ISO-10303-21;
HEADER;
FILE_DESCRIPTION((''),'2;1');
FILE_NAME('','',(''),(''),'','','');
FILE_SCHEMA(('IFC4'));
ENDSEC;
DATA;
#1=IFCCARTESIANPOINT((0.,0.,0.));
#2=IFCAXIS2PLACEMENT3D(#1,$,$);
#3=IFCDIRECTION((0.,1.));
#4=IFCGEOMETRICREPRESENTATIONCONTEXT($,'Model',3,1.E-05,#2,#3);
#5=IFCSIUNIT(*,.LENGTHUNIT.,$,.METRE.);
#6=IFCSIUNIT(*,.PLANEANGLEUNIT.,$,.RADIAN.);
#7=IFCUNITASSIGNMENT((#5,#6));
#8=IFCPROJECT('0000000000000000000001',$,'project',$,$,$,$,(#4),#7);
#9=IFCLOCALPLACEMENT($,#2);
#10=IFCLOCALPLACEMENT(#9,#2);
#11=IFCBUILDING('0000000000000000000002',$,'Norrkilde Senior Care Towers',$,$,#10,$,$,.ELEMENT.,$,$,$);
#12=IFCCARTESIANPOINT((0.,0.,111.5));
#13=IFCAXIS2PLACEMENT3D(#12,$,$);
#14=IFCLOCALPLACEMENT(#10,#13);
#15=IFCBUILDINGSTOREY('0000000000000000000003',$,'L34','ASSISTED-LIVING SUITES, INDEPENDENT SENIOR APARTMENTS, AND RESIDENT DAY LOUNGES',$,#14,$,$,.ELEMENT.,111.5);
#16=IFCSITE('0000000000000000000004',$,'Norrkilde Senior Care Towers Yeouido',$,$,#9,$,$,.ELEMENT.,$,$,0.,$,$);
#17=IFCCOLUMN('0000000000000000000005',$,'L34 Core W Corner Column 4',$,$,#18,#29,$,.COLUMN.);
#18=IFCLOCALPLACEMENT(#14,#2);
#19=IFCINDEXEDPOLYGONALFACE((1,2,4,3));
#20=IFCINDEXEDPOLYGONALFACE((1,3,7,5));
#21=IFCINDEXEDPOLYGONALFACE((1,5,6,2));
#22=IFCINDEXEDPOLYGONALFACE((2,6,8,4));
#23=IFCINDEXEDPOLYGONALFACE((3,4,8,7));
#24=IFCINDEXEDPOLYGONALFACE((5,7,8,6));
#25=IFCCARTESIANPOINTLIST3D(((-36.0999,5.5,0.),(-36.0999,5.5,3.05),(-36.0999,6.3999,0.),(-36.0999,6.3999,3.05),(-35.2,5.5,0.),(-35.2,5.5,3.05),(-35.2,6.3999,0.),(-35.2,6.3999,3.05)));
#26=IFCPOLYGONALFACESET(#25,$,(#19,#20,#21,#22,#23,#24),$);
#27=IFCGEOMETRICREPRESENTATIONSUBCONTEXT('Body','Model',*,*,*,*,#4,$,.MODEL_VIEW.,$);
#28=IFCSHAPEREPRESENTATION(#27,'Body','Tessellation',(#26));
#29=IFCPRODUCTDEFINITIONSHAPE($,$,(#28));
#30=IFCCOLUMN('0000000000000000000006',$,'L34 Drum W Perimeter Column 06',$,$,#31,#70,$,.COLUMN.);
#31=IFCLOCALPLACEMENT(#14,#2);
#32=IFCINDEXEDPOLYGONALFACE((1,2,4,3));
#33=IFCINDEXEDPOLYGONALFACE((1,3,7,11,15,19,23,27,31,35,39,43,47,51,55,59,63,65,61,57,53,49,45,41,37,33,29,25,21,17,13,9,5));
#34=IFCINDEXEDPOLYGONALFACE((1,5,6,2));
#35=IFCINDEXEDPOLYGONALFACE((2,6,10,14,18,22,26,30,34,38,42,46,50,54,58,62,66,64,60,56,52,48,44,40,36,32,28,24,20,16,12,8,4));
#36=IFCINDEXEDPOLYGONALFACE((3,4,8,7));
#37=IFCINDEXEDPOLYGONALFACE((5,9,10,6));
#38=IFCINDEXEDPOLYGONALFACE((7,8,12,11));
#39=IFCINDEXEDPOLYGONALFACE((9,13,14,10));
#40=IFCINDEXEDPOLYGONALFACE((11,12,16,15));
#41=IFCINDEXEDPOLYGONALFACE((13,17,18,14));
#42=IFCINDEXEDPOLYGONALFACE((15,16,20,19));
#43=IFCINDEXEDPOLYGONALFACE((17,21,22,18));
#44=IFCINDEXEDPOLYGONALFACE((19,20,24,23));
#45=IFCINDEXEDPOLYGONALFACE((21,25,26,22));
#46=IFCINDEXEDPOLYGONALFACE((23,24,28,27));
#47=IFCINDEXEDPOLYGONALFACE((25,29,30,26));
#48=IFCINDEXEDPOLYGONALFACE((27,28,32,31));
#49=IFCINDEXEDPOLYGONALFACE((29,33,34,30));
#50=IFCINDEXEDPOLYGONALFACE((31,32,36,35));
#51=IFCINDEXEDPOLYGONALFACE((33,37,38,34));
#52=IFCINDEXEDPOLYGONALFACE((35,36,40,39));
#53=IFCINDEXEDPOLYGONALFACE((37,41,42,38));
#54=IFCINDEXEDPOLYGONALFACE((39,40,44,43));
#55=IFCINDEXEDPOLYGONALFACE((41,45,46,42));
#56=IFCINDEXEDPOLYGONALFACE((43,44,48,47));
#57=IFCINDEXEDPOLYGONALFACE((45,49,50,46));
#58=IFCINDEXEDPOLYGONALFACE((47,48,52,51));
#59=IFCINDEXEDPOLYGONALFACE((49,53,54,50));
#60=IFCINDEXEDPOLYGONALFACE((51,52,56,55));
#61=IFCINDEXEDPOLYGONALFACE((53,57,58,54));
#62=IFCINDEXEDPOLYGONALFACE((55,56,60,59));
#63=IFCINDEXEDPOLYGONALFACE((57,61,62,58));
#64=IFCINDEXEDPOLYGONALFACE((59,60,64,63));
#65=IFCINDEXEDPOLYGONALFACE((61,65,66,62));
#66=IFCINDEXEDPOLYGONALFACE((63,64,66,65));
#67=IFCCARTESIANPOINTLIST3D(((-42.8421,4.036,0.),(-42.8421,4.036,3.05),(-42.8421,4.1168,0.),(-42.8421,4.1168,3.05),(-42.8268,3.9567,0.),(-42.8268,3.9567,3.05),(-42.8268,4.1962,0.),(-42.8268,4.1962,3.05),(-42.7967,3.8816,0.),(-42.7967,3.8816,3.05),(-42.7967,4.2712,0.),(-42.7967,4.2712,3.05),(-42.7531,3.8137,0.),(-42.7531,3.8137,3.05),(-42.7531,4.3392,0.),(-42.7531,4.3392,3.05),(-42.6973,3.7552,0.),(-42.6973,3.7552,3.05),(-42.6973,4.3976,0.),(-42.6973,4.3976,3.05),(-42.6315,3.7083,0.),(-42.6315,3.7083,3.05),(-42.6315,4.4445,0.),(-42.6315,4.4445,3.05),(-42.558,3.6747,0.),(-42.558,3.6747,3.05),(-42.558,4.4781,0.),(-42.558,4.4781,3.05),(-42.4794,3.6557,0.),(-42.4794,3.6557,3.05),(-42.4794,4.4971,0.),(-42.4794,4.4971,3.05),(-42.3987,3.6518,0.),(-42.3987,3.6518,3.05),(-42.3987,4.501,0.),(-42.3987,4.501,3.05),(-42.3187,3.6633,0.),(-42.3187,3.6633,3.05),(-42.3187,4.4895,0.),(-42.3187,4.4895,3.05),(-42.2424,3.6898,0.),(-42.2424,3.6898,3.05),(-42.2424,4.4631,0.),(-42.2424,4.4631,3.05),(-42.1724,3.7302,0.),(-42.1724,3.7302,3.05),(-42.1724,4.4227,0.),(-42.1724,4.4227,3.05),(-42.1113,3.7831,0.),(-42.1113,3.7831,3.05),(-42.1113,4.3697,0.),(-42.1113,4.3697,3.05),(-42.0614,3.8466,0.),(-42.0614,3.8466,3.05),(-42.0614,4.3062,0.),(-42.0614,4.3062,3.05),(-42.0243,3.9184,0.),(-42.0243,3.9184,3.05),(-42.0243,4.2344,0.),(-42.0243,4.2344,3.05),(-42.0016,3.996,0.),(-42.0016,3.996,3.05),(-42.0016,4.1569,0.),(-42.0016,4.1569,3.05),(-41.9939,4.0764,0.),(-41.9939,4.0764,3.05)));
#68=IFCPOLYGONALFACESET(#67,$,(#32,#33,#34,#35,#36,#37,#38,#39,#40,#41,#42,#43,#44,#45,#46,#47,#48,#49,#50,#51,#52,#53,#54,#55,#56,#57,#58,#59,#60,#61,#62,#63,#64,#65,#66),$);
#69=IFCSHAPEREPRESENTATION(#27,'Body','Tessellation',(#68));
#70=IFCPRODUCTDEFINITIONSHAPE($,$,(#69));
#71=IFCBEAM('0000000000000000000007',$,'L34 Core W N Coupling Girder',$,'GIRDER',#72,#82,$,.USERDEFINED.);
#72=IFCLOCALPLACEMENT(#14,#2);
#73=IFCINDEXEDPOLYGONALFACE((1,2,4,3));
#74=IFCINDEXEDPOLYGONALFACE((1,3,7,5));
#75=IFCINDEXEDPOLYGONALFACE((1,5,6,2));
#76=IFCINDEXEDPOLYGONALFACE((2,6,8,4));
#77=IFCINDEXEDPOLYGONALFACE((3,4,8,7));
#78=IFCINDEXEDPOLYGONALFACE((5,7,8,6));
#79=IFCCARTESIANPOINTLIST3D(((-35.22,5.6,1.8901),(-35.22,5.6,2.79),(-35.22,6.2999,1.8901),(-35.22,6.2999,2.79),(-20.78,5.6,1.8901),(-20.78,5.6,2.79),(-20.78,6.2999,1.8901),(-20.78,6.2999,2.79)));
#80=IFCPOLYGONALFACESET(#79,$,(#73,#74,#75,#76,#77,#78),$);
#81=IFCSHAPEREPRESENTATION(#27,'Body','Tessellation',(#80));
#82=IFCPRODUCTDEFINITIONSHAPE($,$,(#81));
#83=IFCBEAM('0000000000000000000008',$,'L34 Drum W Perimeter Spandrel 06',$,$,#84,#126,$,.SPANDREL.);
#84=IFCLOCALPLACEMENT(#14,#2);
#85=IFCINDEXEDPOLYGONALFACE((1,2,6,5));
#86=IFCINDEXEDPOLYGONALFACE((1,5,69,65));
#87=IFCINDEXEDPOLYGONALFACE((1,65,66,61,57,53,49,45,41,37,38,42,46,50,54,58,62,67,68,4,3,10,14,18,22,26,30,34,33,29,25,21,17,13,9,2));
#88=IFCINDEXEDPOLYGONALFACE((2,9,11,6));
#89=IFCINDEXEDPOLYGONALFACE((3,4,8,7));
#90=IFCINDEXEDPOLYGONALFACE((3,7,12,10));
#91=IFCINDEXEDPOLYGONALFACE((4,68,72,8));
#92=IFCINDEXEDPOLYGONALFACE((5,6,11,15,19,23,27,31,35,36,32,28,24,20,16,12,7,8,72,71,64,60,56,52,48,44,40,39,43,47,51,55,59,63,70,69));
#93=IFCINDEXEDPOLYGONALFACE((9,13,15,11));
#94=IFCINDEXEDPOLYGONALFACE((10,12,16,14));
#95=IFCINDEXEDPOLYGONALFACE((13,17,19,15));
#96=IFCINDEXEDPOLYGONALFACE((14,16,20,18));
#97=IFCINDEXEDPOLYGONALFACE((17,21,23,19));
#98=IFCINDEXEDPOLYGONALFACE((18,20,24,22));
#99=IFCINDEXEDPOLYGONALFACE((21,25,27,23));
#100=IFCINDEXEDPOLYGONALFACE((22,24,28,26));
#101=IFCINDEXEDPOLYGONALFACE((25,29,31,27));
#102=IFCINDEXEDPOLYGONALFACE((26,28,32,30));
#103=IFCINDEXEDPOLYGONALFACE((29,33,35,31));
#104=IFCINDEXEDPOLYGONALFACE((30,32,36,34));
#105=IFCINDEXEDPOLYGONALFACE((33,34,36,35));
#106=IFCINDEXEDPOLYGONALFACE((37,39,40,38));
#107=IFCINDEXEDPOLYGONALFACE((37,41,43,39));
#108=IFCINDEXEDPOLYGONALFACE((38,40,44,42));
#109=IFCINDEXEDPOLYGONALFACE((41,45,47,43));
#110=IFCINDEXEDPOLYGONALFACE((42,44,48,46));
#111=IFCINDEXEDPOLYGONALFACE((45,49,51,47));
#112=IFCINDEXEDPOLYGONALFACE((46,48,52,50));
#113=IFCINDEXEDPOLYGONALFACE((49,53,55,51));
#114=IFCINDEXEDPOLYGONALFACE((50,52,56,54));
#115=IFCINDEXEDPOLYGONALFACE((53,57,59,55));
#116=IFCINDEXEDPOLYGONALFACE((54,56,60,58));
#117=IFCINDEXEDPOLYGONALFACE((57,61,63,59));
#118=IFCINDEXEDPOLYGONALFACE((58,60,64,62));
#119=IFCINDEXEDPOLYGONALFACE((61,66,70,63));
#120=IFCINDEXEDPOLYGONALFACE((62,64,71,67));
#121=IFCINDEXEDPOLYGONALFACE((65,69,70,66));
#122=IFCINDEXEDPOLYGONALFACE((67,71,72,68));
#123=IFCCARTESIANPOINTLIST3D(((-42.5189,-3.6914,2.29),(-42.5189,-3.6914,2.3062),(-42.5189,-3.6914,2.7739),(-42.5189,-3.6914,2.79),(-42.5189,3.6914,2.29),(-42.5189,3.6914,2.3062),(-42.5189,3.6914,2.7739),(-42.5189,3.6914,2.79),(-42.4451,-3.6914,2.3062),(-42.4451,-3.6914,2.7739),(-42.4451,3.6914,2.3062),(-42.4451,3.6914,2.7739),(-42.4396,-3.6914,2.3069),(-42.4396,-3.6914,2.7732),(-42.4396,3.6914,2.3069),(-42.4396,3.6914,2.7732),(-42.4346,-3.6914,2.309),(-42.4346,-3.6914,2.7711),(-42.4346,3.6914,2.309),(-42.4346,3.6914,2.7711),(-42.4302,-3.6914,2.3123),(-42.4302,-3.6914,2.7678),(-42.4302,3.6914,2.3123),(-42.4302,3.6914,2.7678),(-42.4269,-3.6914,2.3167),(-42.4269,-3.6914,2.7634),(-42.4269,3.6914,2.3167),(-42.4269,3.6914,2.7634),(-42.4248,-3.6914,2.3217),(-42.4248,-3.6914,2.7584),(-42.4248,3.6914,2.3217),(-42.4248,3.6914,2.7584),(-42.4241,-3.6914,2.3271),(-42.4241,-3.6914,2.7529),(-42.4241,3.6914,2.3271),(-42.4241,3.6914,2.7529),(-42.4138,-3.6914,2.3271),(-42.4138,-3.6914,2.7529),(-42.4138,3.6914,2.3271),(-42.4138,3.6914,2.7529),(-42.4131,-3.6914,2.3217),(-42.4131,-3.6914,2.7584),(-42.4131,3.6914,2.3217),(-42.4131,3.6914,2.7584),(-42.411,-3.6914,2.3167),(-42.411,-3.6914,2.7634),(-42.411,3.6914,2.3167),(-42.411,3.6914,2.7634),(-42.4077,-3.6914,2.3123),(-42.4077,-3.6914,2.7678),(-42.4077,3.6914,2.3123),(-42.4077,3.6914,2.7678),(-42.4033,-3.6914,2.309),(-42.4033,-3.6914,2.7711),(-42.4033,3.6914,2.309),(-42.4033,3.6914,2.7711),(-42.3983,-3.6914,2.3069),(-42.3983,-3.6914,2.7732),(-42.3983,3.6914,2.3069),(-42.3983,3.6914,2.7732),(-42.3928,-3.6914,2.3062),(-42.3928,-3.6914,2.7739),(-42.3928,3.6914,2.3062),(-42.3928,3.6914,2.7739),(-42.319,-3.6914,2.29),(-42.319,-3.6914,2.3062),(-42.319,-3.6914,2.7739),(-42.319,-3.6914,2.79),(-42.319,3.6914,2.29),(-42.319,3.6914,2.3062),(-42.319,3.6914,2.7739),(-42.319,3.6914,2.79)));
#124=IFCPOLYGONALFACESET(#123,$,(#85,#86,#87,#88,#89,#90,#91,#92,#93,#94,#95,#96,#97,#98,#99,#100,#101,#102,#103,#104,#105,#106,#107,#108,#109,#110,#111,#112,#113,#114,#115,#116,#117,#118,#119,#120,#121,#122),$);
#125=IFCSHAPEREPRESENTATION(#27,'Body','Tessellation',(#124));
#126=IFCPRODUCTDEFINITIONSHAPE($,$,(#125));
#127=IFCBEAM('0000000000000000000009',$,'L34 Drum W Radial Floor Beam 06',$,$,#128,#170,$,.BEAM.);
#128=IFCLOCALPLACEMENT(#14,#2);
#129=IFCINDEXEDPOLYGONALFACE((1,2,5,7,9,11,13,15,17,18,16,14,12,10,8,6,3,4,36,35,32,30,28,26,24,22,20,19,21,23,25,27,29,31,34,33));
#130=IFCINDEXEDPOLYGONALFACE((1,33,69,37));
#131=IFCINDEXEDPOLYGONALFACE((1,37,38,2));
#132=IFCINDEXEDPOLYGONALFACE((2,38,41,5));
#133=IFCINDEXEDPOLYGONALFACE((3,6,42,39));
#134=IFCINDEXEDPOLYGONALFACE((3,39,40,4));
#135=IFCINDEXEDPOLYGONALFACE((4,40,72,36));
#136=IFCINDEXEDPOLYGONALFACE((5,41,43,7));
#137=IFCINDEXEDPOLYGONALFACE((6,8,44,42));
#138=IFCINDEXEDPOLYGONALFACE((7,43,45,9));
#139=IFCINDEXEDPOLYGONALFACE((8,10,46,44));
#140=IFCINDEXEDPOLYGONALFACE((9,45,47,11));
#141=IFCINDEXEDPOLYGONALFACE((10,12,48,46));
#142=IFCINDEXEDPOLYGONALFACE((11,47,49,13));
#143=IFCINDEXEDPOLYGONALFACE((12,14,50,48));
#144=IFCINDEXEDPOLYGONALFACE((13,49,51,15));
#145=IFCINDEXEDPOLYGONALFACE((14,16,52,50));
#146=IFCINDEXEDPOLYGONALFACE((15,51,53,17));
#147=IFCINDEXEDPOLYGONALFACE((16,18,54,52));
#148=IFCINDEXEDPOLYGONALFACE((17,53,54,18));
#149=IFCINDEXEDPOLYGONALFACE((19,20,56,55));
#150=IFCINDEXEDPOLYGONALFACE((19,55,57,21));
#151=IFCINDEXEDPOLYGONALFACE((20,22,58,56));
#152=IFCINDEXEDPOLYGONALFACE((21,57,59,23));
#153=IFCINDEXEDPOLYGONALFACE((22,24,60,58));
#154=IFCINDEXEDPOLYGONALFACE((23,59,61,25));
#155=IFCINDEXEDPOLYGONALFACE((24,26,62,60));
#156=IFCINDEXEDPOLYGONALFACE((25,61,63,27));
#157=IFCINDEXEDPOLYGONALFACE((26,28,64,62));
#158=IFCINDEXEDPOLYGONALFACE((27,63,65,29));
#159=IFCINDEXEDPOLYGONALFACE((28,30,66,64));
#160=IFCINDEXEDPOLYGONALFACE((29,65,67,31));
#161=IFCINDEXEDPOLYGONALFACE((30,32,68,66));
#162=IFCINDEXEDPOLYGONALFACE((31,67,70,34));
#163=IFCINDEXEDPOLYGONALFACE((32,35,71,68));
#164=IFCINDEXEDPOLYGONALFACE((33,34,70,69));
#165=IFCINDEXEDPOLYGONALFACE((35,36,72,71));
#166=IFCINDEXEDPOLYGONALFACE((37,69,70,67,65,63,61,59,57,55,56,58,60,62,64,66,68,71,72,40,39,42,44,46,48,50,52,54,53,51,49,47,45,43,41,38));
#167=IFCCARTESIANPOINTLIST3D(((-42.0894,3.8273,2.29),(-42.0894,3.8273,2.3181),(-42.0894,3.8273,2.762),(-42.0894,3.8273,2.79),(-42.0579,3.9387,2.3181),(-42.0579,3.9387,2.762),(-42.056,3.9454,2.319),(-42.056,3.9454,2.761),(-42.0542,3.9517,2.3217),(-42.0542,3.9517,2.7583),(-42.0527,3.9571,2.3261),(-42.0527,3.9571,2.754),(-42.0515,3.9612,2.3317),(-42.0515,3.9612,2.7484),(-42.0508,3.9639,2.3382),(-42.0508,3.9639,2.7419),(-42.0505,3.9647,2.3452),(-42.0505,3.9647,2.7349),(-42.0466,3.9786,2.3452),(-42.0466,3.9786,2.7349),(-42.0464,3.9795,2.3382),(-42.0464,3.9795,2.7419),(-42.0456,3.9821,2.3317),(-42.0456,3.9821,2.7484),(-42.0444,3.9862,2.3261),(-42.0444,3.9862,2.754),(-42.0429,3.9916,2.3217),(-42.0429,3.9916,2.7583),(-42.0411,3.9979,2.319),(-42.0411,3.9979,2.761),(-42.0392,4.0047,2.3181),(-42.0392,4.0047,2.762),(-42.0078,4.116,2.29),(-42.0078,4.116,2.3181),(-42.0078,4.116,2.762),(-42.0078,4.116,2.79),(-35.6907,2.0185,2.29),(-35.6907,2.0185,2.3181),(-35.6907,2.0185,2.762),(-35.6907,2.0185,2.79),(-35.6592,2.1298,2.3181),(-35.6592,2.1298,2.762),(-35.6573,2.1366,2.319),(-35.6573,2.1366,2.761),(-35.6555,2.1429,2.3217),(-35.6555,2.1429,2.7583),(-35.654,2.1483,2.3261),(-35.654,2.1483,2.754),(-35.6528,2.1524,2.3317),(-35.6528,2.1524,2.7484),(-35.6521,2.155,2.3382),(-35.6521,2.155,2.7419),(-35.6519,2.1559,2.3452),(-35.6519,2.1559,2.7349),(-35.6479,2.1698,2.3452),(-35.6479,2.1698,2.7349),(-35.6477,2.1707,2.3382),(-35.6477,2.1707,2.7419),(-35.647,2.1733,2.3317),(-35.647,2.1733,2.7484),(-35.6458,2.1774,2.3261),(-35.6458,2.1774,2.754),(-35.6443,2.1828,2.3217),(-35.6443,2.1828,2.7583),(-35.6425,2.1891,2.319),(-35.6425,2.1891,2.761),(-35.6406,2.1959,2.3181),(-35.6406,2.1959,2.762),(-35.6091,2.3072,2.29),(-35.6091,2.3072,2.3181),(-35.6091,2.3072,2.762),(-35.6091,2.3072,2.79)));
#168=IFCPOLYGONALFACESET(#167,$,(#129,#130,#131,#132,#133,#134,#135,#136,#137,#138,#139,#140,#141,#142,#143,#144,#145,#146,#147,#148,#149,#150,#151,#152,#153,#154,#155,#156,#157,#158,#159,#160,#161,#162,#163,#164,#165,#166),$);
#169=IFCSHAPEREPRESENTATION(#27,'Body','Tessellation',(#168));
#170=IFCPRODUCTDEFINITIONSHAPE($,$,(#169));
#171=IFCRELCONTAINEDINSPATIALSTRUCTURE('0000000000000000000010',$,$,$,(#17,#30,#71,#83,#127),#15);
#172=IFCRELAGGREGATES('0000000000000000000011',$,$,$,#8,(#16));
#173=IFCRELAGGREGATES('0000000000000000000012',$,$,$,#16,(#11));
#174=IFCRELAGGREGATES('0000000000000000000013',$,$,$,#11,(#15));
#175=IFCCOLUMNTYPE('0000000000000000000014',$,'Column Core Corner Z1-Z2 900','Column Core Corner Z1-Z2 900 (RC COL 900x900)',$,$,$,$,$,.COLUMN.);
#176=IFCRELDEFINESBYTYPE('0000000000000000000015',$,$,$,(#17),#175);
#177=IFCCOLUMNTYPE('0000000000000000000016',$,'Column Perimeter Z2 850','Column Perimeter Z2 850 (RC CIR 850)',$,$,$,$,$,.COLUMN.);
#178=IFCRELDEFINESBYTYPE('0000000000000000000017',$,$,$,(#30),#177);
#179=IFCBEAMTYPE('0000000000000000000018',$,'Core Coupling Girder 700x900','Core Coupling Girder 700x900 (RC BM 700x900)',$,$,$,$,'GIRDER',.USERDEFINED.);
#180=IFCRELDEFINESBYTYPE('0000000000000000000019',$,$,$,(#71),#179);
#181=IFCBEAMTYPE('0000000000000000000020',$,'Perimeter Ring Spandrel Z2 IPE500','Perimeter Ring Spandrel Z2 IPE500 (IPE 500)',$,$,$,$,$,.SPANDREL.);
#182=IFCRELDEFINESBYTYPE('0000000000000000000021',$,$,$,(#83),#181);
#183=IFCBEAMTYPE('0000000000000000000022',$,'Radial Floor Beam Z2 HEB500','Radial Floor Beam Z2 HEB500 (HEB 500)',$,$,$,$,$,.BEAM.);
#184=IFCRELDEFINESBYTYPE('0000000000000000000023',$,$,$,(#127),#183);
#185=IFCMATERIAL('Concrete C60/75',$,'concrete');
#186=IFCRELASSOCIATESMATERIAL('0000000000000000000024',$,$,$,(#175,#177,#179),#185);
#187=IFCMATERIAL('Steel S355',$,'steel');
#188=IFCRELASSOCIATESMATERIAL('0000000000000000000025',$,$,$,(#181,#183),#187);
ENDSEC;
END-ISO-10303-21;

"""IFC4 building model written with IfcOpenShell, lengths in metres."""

from ifc_helpers import new_model, si_unit, direction, frame, origin, origin_2d, place, context, subcontext, project, spatial, rectangle, circle, i_section, extrude, source, transform, mapped, material, material_profile, profile_set, type_object, type_shapes, element, save


model = new_model("IFC4")

# Units and contexts
model_context = context("Model", 3, precision=1e-05, world=origin(), true_north=direction((0.0, 1.0)))
body_context = subcontext(model_context, "Body", "Model", "MODEL_VIEW")
ifc_project = project(units=[si_unit("LENGTHUNIT", "METRE"), si_unit("PLANEANGLEUNIT", "RADIAN")], contexts=[model_context])

# Site, building, storey
site_placement = place(None, origin())
site = spatial("IfcSite", under=ifc_project, at=site_placement, Name="Norrkilde Senior Care Towers Yeouido", CompositionType="ELEMENT", RefElevation=0.0)
building_placement = place(site_placement, origin())
building = spatial("IfcBuilding", under=site, at=building_placement, Name="Norrkilde Senior Care Towers", CompositionType="ELEMENT")
storey_placement = place(building_placement, frame((0.0, 0.0, 111.5)))
storey = spatial("IfcBuildingStorey", under=building, at=storey_placement, Name="L34", Description="ASSISTED-LIVING SUITES, INDEPENDENT SENIOR APARTMENTS, AND RESIDENT DAY LOUNGES", CompositionType="ELEMENT", Elevation=111.5)

# Columns
ifc_material_1 = material(Name="Concrete C60/75", Category="concrete")
ifc_material_profile_1 = material_profile(ifc_material_1, rectangle(XDim=0.8999, YDim=0.8999, at=origin_2d()), Name="RC COL 900x900")
ifc_profile_set_1 = profile_set([ifc_material_profile_1], Name="Concrete C60/75")
column_type_1 = type_object("IfcColumnType", Name="Column Core Corner Z1-Z2 900", Description="Column Core Corner Z1-Z2 900 (RC COL 900x900)", PredefinedType="COLUMN", material=ifc_profile_set_1)
shared_shape_1 = source(origin(), body_context, "Body", "SweptSolid", [
    extrude(rectangle(XDim=0.8999, YDim=0.8999, at=origin_2d()), origin(), (0.0, 0.0, 1.0), 3.05),
])
type_shapes(column_type_1, [shared_shape_1])
column_1_placement = place(storey_placement, frame((-35.6499, 5.95, 0.0), z_axis=(0.0, 0.0, 1.0), x_axis=(1.0, 0.0, 0.0)))
element("IfcColumn", 1, at=column_1_placement, inside=storey, type_object=column_type_1, Name="L34 Core W Corner Column 4", PredefinedType="COLUMN", context=body_context, shape_type="MappedRepresentation", body=[
    mapped(shared_shape_1, transform((0.0, 0.0, 0.0), x_axis=(1.0, 0.0, 0.0), y_axis=(0.0, 1.0, 0.0), z_axis=(0.0, 0.0, 1.0), scale=1.0)),
])
ifc_material_profile_2 = material_profile(ifc_material_1, circle(Radius=0.425, at=origin_2d()), Name="RC CIR 850")
ifc_profile_set_2 = profile_set([ifc_material_profile_2], Name="Concrete C60/75")
column_type_2 = type_object("IfcColumnType", Name="Column Perimeter Z2 850", Description="Column Perimeter Z2 850 (RC CIR 850)", PredefinedType="COLUMN", material=ifc_profile_set_2)
shared_shape_2 = source(origin(), body_context, "Body", "SweptSolid", [
    extrude(circle(Radius=0.425, at=origin_2d()), origin(), (0.0, 0.0, 1.0), 3.05),
])
type_shapes(column_type_2, [shared_shape_2])
column_2_placement = place(storey_placement, frame((-42.4189, 4.0764, 0.0), z_axis=(0.0, 0.0, 1.0), x_axis=(1.0, 0.0, 0.0)))
element("IfcColumn", 2, at=column_2_placement, inside=storey, type_object=column_type_2, Name="L34 Drum W Perimeter Column 06", PredefinedType="COLUMN", context=body_context, shape_type="MappedRepresentation", body=[
    mapped(shared_shape_2, transform((0.0, 0.0, 0.0), x_axis=(1.0, 0.0, 0.0), y_axis=(0.0, 1.0, 0.0), z_axis=(0.0, 0.0, 1.0), scale=1.0)),
])

# Beams
ifc_material_profile_3 = material_profile(ifc_material_1, rectangle(XDim=0.7, YDim=0.8999, at=origin_2d()), Name="RC BM 700x900")
ifc_profile_set_3 = profile_set([ifc_material_profile_3], Name="Concrete C60/75")
beam_type_1 = type_object("IfcBeamType", Name="Core Coupling Girder 700x900", Description="Core Coupling Girder 700x900 (RC BM 700x900)", ElementType="GIRDER", PredefinedType="USERDEFINED", material=ifc_profile_set_3)
shared_shape_3 = source(origin(), body_context, "Body", "SweptSolid", [
    extrude(rectangle(XDim=0.7, YDim=0.8999, at=origin_2d()), origin(), (0.0, 0.0, 1.0), 14.4399),
])
type_shapes(beam_type_1, [shared_shape_3])
beam_1_placement = place(storey_placement, frame((-35.22, 5.95, 2.3401), z_axis=(1.0, 0.0, 0.0), x_axis=(0.0, 1.0, 0.0)))
element("IfcBeam", 3, at=beam_1_placement, inside=storey, type_object=beam_type_1, Name="L34 Core W N Coupling Girder", ObjectType="GIRDER", PredefinedType="USERDEFINED", context=body_context, shape_type="MappedRepresentation", body=[
    mapped(shared_shape_3, transform((0.0, 0.0, 0.0), x_axis=(1.0, 0.0, 0.0), y_axis=(0.0, 1.0, 0.0), z_axis=(0.0, 0.0, 1.0), scale=1.0)),
])
ifc_material_2 = material(Name="Steel S355", Category="steel")
ifc_material_profile_4 = material_profile(ifc_material_2, i_section(OverallWidth=0.2, OverallDepth=0.5, WebThickness=0.0103, FlangeThickness=0.0161, FilletRadius=0.021, at=origin_2d()), Name="IPE 500")
ifc_profile_set_4 = profile_set([ifc_material_profile_4], Name="Steel S355")
beam_type_2 = type_object("IfcBeamType", Name="Perimeter Ring Spandrel Z2 IPE500", Description="Perimeter Ring Spandrel Z2 IPE500 (IPE 500)", PredefinedType="SPANDREL", material=ifc_profile_set_4)
shared_shape_4 = source(origin(), body_context, "Body", "SweptSolid", [
    extrude(i_section(OverallWidth=0.2, OverallDepth=0.5, WebThickness=0.0103, FlangeThickness=0.0161, FilletRadius=0.021, at=origin_2d()), origin(), (0.0, 0.0, 1.0), 7.3828),
])
type_shapes(beam_type_2, [shared_shape_4])
beam_2_placement = place(storey_placement, frame((-42.4189, 3.6914, 2.54), z_axis=(0.0, -1.0, 0.0), x_axis=(1.0, 0.0, 0.0)))
element("IfcBeam", 4, at=beam_2_placement, inside=storey, type_object=beam_type_2, Name="L34 Drum W Perimeter Spandrel 06", PredefinedType="SPANDREL", context=body_context, shape_type="MappedRepresentation", body=[
    mapped(shared_shape_4, transform((0.0, 0.0, 0.0), x_axis=(1.0, 0.0, 0.0), y_axis=(0.0, 1.0, 0.0), z_axis=(0.0, 0.0, 1.0), scale=1.0)),
])
ifc_material_profile_5 = material_profile(ifc_material_2, i_section(OverallWidth=0.3, OverallDepth=0.5, WebThickness=0.0144, FlangeThickness=0.0281, FilletRadius=0.0271, at=origin_2d()), Name="HEB 500")
ifc_profile_set_5 = profile_set([ifc_material_profile_5], Name="Steel S355")
beam_type_3 = type_object("IfcBeamType", Name="Radial Floor Beam Z2 HEB500", Description="Radial Floor Beam Z2 HEB500 (HEB 500)", PredefinedType="BEAM", material=ifc_profile_set_5)
shared_shape_5 = source(origin(), body_context, "Body", "SweptSolid", [
    extrude(i_section(OverallWidth=0.3, OverallDepth=0.5, WebThickness=0.0144, FlangeThickness=0.0281, FilletRadius=0.0271, at=origin_2d()), origin(), (0.0, 0.0, 1.0), 6.6494),
])
type_shapes(beam_type_3, [shared_shape_5])
beam_3_placement = place(storey_placement, frame((-35.6499, 2.1628, 2.54), z_axis=(-0.962289, 0.272029, 0.0), x_axis=(-0.272029, -0.962289, 0.0)))
element("IfcBeam", 5, at=beam_3_placement, inside=storey, type_object=beam_type_3, Name="L34 Drum W Radial Floor Beam 06", PredefinedType="BEAM", context=body_context, shape_type="MappedRepresentation", body=[
    mapped(shared_shape_5, transform((0.0, 0.0, 0.0), x_axis=(1.0, 0.0, 0.0), y_axis=(0.0, 1.0, 0.0), z_axis=(0.0, 0.0, 1.0), scale=1.0)),
])

save(model, "model.ifc")
